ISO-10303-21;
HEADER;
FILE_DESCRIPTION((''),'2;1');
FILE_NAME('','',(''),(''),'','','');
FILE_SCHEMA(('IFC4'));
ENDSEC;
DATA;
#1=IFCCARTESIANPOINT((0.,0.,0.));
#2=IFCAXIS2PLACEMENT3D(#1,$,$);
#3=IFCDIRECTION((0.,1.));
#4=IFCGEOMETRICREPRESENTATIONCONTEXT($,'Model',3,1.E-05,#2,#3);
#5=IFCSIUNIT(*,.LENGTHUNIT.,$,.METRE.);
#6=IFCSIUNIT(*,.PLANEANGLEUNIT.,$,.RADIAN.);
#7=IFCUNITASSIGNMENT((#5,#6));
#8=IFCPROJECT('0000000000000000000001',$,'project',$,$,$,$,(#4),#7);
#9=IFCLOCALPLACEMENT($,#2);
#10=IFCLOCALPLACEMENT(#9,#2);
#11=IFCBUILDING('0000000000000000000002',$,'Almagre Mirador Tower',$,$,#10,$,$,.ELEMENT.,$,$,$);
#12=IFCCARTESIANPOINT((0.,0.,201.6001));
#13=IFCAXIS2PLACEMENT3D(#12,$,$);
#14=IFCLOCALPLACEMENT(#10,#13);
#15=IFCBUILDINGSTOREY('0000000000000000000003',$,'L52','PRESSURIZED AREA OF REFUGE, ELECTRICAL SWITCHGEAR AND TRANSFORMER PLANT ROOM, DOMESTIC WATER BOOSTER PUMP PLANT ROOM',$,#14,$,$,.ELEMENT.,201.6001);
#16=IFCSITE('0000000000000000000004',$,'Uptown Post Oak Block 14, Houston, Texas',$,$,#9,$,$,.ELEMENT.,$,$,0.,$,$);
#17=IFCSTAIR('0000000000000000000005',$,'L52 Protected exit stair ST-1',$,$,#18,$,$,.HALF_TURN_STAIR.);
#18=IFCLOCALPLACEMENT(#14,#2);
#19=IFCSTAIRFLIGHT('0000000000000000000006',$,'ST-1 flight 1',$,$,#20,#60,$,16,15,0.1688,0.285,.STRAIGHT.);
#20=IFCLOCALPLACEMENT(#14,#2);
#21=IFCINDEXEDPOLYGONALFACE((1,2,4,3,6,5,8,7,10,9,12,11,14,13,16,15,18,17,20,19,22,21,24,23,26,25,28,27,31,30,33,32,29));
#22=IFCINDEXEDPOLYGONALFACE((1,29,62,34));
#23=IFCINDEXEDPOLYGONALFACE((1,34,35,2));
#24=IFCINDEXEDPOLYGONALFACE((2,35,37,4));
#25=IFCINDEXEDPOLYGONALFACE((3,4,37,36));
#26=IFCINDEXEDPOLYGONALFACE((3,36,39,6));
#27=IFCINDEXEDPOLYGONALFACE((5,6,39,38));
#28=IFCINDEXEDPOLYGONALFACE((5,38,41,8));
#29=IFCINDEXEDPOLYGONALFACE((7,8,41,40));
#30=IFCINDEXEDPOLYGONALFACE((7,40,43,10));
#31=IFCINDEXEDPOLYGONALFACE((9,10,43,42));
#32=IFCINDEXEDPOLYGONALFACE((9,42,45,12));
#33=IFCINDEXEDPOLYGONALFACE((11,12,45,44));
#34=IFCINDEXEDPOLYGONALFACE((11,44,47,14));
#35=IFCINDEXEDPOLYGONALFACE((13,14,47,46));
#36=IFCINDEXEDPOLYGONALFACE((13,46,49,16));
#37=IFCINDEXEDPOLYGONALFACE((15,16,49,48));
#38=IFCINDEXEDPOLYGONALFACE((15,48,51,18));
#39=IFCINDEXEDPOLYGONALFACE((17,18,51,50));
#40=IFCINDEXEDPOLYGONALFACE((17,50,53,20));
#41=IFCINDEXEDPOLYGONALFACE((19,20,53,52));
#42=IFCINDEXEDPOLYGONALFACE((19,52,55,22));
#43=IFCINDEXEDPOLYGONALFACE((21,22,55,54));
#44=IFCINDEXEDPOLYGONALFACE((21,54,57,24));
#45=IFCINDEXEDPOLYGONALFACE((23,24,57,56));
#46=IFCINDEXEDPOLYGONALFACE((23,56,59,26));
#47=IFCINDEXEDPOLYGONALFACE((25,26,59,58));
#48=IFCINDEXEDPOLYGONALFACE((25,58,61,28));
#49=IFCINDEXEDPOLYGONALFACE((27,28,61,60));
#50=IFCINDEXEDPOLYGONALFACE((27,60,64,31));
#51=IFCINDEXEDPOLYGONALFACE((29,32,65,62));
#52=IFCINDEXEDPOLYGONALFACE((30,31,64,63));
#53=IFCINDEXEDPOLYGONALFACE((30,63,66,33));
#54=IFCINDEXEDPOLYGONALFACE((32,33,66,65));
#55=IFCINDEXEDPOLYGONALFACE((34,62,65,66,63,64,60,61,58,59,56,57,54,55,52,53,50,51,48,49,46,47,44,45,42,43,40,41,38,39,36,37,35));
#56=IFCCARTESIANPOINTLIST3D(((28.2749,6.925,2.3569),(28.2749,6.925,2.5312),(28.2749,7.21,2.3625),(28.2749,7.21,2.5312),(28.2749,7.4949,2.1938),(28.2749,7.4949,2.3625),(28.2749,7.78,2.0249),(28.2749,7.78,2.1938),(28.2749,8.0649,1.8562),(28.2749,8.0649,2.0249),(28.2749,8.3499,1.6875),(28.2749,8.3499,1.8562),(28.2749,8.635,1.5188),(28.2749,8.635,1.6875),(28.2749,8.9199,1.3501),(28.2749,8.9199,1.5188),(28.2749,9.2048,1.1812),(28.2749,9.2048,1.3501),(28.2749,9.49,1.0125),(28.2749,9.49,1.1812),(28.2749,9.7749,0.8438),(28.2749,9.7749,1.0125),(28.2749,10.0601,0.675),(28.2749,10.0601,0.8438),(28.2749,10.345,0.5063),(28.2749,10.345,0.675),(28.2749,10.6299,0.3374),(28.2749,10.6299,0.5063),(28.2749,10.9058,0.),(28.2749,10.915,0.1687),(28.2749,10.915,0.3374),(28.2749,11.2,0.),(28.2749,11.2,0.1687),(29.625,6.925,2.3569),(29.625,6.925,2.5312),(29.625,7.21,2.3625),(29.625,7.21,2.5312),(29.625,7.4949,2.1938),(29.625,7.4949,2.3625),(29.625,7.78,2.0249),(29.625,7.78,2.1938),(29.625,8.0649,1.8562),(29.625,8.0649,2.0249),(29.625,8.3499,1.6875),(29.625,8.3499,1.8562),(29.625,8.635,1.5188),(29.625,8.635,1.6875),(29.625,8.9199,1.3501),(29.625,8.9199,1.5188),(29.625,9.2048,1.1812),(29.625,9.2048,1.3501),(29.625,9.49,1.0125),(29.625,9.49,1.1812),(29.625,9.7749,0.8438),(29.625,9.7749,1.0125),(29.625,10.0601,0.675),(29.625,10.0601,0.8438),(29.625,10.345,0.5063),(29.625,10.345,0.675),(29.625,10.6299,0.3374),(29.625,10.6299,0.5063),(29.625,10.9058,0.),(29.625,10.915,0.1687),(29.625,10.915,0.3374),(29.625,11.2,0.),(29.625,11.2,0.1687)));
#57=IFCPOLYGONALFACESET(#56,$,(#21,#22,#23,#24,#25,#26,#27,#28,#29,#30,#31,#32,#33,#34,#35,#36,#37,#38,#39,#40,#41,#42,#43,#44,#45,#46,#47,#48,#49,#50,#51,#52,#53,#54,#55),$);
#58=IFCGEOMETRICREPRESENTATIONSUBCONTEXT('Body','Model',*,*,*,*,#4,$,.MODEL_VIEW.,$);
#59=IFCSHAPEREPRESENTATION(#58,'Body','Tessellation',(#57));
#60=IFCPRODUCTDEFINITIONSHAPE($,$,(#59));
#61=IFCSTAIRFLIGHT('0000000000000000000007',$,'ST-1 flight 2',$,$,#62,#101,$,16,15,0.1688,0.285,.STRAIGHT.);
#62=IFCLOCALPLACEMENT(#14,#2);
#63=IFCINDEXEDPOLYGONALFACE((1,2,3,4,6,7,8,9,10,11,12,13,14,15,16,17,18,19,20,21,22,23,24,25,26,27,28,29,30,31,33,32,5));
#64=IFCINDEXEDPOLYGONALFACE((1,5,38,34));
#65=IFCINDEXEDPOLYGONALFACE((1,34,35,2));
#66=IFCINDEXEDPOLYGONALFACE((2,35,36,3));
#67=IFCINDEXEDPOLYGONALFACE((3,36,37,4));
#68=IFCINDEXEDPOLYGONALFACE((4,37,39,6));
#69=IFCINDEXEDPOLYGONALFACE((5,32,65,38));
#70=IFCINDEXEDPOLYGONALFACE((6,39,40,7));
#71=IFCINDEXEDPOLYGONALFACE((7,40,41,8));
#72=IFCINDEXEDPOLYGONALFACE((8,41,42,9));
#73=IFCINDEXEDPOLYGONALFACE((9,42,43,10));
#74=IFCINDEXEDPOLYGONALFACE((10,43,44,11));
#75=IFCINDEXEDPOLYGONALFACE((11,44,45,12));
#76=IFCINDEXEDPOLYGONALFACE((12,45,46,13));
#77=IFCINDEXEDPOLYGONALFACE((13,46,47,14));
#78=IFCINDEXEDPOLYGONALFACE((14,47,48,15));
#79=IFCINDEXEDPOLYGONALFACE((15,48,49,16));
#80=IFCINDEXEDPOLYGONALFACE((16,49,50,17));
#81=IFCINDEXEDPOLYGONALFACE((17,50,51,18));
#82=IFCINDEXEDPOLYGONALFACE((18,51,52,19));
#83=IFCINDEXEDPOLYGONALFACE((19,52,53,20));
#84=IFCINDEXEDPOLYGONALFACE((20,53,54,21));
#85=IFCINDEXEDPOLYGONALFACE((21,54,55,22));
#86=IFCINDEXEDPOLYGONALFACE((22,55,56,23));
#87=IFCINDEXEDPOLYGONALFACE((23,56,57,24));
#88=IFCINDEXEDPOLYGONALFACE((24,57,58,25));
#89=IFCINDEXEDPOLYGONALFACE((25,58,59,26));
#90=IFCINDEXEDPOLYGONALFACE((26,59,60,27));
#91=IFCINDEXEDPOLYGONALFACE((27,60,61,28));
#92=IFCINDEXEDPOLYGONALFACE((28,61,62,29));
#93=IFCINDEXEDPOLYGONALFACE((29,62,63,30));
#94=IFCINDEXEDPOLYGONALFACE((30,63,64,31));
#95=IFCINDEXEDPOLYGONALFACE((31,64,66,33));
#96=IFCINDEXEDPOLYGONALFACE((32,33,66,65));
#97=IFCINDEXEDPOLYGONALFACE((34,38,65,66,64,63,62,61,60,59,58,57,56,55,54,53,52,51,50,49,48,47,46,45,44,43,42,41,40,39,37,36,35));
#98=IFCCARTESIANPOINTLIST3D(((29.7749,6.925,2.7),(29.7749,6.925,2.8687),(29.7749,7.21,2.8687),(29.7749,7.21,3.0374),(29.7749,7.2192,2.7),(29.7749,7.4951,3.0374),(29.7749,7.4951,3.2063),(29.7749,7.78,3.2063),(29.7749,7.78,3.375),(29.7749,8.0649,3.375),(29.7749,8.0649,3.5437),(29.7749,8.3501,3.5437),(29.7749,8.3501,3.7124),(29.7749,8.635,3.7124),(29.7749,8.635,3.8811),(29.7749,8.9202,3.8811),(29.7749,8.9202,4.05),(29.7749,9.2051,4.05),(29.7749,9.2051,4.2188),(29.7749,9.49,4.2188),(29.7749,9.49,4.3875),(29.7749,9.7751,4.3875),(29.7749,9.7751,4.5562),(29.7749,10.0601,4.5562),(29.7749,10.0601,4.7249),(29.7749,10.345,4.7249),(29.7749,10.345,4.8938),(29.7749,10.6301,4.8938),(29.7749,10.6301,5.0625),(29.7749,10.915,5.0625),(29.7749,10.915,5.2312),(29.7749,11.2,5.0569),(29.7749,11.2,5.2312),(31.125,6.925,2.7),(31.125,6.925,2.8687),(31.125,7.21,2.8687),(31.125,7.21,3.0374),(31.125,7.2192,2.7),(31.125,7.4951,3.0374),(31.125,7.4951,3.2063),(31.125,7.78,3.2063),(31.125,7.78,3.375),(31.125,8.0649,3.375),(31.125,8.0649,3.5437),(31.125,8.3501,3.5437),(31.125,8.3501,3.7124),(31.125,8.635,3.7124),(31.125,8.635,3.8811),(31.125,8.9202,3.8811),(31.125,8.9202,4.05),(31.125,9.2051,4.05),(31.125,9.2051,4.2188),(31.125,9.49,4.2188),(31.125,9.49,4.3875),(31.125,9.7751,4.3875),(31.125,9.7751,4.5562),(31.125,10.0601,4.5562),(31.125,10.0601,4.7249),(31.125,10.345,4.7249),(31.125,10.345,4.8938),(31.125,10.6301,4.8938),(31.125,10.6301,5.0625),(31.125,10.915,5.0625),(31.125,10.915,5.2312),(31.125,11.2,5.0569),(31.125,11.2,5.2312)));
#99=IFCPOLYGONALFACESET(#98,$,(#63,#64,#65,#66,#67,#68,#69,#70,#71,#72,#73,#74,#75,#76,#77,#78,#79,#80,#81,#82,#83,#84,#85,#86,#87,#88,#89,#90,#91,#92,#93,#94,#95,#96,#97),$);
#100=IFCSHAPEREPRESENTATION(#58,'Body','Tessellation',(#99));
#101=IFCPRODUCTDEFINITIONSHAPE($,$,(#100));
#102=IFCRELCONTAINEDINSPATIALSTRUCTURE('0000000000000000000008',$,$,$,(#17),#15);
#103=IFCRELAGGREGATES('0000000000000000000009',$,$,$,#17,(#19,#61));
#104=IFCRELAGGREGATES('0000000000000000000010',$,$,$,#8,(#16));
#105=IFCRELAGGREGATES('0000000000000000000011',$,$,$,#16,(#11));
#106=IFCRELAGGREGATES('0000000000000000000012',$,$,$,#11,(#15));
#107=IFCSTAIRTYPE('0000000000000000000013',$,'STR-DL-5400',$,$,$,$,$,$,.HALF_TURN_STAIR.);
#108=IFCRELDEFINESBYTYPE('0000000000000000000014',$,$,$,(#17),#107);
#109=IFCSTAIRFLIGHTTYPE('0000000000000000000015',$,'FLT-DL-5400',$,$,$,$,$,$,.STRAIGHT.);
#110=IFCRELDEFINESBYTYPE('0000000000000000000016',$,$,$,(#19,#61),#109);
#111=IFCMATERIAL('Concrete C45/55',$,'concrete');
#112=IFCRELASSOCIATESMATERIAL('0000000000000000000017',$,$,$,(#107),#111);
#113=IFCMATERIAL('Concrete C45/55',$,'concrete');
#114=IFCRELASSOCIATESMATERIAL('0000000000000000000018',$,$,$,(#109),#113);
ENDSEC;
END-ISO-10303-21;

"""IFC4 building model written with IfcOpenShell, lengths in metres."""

from ifc_helpers import new_model, si_unit, direction, frame, origin, place, context, subcontext, project, spatial, polyline, outline, extrude, material, type_object, element, aggregate, save


model = new_model("IFC4")

# Units and contexts
model_context = context("Model", 3, precision=1e-05, world=origin(), true_north=direction((0.0, 1.0)))
body_context = subcontext(model_context, "Body", "Model", "MODEL_VIEW")
ifc_project = project(units=[si_unit("LENGTHUNIT", "METRE"), si_unit("PLANEANGLEUNIT", "RADIAN")], contexts=[model_context])

# Site, building, storey
site_placement = place(None, origin())
site = spatial("IfcSite", under=ifc_project, at=site_placement, Name="Uptown Post Oak Block 14, Houston, Texas", CompositionType="ELEMENT", RefElevation=0.0)
building_placement = place(site_placement, origin())
building = spatial("IfcBuilding", under=site, at=building_placement, Name="Almagre Mirador Tower", CompositionType="ELEMENT")
storey_placement = place(building_placement, frame((0.0, 0.0, 201.6001)))
storey = spatial("IfcBuildingStorey", under=building, at=storey_placement, Name="L52", Description="PRESSURIZED AREA OF REFUGE, ELECTRICAL SWITCHGEAR AND TRANSFORMER PLANT ROOM, DOMESTIC WATER BOOSTER PUMP PLANT ROOM", CompositionType="ELEMENT", Elevation=201.6001)

# Stair, stair flights
ifc_material_1 = material(Name="Concrete C45/55", Category="concrete")
stair_type = type_object("IfcStairType", Name="STR-DL-5400", PredefinedType="HALF_TURN_STAIR", material=ifc_material_1)
stair_placement = place(storey_placement, origin())
stair = element("IfcStair", 1, at=stair_placement, inside=storey, type_object=stair_type, Name="L52 Protected exit stair ST-1", PredefinedType="HALF_TURN_STAIR")
ifc_material_2 = material(Name="Concrete C45/55", Category="concrete")
stair_flight_type = type_object("IfcStairFlightType", Name="FLT-DL-5400", PredefinedType="STRAIGHT", material=ifc_material_2)
stair_flight_1_placement = place(storey_placement, frame((28.95, 11.2, 0.0), z_axis=(0.0, 0.0, 1.0), x_axis=(0.0, -1.0, 0.0)))
stair_flight_1 = element("IfcStairFlight", 2, at=stair_flight_1_placement, type_object=stair_flight_type, Name="ST-1 flight 1", NumberOfRisers=16, NumberOfTreads=15, PredefinedType="STRAIGHT", RiserHeight=0.1688, TreadLength=0.285, context=body_context, shape_type="SweptSolid", body=[
    extrude(outline(polyline([(0.0, 0.0), (0.0, 0.1687), (0.2849, 0.1687), (0.2849, 0.3374), (0.5701, 0.3374), (0.5701, 0.5063), (0.855, 0.5063), (0.855, 0.675), (1.1399, 0.675), (1.1399, 0.8438), (1.425, 0.8438), (1.425, 1.0125), (1.71, 1.0125), (1.71, 1.1812), (1.9951, 1.1812), (1.9951, 1.3501), (2.28, 1.3501), (2.28, 1.5188), (2.5649, 1.5188), (2.5649, 1.6875), (2.8501, 1.6875), (2.8501, 1.8562), (3.135, 1.8562), (3.135, 2.0249), (3.4199, 2.0249), (3.4199, 2.1938), (3.7051, 2.1938), (3.7051, 2.3625), (3.99, 2.3625), (3.99, 2.5312), (4.2749, 2.5312), (4.2749, 2.7), (4.2749, 2.3569), (0.2942, 0.0), (0.0, 0.0)])), frame((0.0, 0.675, 0.0), z_axis=(0.0, -1.0, 0.0), x_axis=(1.0, 0.0, 0.0)), (0.0, 0.0, 1.0), 1.3501),
])
stair_flight_2_placement = place(storey_placement, frame((30.45, 6.925, 2.7), z_axis=(0.0, 0.0, 1.0), x_axis=(0.0, 1.0, 0.0)))
stair_flight_2 = element("IfcStairFlight", 3, at=stair_flight_2_placement, type_object=stair_flight_type, Name="ST-1 flight 2", NumberOfRisers=16, NumberOfTreads=15, PredefinedType="STRAIGHT", RiserHeight=0.1688, TreadLength=0.285, context=body_context, shape_type="SweptSolid", body=[
    extrude(outline(polyline([(0.0, 0.0), (0.0, 0.1687), (0.2849, 0.1687), (0.2849, 0.3374), (0.5701, 0.3374), (0.5701, 0.5063), (0.855, 0.5063), (0.855, 0.675), (1.1399, 0.675), (1.1399, 0.8438), (1.425, 0.8438), (1.425, 1.0125), (1.71, 1.0125), (1.71, 1.1812), (1.9951, 1.1812), (1.9951, 1.3501), (2.28, 1.3501), (2.28, 1.5188), (2.5649, 1.5188), (2.5649, 1.6875), (2.8501, 1.6875), (2.8501, 1.8562), (3.135, 1.8562), (3.135, 2.0249), (3.4199, 2.0249), (3.4199, 2.1938), (3.7051, 2.1938), (3.7051, 2.3625), (3.99, 2.3625), (3.99, 2.5312), (4.2749, 2.5312), (4.2749, 2.7), (4.2749, 2.3569), (0.2942, 0.0), (0.0, 0.0)])), frame((0.0, 0.675, 0.0), z_axis=(0.0, -1.0, 0.0), x_axis=(1.0, 0.0, 0.0)), (0.0, 0.0, 1.0), 1.3501),
])
aggregate(stair, [stair_flight_1, stair_flight_2])

save(model, "model.ifc")
